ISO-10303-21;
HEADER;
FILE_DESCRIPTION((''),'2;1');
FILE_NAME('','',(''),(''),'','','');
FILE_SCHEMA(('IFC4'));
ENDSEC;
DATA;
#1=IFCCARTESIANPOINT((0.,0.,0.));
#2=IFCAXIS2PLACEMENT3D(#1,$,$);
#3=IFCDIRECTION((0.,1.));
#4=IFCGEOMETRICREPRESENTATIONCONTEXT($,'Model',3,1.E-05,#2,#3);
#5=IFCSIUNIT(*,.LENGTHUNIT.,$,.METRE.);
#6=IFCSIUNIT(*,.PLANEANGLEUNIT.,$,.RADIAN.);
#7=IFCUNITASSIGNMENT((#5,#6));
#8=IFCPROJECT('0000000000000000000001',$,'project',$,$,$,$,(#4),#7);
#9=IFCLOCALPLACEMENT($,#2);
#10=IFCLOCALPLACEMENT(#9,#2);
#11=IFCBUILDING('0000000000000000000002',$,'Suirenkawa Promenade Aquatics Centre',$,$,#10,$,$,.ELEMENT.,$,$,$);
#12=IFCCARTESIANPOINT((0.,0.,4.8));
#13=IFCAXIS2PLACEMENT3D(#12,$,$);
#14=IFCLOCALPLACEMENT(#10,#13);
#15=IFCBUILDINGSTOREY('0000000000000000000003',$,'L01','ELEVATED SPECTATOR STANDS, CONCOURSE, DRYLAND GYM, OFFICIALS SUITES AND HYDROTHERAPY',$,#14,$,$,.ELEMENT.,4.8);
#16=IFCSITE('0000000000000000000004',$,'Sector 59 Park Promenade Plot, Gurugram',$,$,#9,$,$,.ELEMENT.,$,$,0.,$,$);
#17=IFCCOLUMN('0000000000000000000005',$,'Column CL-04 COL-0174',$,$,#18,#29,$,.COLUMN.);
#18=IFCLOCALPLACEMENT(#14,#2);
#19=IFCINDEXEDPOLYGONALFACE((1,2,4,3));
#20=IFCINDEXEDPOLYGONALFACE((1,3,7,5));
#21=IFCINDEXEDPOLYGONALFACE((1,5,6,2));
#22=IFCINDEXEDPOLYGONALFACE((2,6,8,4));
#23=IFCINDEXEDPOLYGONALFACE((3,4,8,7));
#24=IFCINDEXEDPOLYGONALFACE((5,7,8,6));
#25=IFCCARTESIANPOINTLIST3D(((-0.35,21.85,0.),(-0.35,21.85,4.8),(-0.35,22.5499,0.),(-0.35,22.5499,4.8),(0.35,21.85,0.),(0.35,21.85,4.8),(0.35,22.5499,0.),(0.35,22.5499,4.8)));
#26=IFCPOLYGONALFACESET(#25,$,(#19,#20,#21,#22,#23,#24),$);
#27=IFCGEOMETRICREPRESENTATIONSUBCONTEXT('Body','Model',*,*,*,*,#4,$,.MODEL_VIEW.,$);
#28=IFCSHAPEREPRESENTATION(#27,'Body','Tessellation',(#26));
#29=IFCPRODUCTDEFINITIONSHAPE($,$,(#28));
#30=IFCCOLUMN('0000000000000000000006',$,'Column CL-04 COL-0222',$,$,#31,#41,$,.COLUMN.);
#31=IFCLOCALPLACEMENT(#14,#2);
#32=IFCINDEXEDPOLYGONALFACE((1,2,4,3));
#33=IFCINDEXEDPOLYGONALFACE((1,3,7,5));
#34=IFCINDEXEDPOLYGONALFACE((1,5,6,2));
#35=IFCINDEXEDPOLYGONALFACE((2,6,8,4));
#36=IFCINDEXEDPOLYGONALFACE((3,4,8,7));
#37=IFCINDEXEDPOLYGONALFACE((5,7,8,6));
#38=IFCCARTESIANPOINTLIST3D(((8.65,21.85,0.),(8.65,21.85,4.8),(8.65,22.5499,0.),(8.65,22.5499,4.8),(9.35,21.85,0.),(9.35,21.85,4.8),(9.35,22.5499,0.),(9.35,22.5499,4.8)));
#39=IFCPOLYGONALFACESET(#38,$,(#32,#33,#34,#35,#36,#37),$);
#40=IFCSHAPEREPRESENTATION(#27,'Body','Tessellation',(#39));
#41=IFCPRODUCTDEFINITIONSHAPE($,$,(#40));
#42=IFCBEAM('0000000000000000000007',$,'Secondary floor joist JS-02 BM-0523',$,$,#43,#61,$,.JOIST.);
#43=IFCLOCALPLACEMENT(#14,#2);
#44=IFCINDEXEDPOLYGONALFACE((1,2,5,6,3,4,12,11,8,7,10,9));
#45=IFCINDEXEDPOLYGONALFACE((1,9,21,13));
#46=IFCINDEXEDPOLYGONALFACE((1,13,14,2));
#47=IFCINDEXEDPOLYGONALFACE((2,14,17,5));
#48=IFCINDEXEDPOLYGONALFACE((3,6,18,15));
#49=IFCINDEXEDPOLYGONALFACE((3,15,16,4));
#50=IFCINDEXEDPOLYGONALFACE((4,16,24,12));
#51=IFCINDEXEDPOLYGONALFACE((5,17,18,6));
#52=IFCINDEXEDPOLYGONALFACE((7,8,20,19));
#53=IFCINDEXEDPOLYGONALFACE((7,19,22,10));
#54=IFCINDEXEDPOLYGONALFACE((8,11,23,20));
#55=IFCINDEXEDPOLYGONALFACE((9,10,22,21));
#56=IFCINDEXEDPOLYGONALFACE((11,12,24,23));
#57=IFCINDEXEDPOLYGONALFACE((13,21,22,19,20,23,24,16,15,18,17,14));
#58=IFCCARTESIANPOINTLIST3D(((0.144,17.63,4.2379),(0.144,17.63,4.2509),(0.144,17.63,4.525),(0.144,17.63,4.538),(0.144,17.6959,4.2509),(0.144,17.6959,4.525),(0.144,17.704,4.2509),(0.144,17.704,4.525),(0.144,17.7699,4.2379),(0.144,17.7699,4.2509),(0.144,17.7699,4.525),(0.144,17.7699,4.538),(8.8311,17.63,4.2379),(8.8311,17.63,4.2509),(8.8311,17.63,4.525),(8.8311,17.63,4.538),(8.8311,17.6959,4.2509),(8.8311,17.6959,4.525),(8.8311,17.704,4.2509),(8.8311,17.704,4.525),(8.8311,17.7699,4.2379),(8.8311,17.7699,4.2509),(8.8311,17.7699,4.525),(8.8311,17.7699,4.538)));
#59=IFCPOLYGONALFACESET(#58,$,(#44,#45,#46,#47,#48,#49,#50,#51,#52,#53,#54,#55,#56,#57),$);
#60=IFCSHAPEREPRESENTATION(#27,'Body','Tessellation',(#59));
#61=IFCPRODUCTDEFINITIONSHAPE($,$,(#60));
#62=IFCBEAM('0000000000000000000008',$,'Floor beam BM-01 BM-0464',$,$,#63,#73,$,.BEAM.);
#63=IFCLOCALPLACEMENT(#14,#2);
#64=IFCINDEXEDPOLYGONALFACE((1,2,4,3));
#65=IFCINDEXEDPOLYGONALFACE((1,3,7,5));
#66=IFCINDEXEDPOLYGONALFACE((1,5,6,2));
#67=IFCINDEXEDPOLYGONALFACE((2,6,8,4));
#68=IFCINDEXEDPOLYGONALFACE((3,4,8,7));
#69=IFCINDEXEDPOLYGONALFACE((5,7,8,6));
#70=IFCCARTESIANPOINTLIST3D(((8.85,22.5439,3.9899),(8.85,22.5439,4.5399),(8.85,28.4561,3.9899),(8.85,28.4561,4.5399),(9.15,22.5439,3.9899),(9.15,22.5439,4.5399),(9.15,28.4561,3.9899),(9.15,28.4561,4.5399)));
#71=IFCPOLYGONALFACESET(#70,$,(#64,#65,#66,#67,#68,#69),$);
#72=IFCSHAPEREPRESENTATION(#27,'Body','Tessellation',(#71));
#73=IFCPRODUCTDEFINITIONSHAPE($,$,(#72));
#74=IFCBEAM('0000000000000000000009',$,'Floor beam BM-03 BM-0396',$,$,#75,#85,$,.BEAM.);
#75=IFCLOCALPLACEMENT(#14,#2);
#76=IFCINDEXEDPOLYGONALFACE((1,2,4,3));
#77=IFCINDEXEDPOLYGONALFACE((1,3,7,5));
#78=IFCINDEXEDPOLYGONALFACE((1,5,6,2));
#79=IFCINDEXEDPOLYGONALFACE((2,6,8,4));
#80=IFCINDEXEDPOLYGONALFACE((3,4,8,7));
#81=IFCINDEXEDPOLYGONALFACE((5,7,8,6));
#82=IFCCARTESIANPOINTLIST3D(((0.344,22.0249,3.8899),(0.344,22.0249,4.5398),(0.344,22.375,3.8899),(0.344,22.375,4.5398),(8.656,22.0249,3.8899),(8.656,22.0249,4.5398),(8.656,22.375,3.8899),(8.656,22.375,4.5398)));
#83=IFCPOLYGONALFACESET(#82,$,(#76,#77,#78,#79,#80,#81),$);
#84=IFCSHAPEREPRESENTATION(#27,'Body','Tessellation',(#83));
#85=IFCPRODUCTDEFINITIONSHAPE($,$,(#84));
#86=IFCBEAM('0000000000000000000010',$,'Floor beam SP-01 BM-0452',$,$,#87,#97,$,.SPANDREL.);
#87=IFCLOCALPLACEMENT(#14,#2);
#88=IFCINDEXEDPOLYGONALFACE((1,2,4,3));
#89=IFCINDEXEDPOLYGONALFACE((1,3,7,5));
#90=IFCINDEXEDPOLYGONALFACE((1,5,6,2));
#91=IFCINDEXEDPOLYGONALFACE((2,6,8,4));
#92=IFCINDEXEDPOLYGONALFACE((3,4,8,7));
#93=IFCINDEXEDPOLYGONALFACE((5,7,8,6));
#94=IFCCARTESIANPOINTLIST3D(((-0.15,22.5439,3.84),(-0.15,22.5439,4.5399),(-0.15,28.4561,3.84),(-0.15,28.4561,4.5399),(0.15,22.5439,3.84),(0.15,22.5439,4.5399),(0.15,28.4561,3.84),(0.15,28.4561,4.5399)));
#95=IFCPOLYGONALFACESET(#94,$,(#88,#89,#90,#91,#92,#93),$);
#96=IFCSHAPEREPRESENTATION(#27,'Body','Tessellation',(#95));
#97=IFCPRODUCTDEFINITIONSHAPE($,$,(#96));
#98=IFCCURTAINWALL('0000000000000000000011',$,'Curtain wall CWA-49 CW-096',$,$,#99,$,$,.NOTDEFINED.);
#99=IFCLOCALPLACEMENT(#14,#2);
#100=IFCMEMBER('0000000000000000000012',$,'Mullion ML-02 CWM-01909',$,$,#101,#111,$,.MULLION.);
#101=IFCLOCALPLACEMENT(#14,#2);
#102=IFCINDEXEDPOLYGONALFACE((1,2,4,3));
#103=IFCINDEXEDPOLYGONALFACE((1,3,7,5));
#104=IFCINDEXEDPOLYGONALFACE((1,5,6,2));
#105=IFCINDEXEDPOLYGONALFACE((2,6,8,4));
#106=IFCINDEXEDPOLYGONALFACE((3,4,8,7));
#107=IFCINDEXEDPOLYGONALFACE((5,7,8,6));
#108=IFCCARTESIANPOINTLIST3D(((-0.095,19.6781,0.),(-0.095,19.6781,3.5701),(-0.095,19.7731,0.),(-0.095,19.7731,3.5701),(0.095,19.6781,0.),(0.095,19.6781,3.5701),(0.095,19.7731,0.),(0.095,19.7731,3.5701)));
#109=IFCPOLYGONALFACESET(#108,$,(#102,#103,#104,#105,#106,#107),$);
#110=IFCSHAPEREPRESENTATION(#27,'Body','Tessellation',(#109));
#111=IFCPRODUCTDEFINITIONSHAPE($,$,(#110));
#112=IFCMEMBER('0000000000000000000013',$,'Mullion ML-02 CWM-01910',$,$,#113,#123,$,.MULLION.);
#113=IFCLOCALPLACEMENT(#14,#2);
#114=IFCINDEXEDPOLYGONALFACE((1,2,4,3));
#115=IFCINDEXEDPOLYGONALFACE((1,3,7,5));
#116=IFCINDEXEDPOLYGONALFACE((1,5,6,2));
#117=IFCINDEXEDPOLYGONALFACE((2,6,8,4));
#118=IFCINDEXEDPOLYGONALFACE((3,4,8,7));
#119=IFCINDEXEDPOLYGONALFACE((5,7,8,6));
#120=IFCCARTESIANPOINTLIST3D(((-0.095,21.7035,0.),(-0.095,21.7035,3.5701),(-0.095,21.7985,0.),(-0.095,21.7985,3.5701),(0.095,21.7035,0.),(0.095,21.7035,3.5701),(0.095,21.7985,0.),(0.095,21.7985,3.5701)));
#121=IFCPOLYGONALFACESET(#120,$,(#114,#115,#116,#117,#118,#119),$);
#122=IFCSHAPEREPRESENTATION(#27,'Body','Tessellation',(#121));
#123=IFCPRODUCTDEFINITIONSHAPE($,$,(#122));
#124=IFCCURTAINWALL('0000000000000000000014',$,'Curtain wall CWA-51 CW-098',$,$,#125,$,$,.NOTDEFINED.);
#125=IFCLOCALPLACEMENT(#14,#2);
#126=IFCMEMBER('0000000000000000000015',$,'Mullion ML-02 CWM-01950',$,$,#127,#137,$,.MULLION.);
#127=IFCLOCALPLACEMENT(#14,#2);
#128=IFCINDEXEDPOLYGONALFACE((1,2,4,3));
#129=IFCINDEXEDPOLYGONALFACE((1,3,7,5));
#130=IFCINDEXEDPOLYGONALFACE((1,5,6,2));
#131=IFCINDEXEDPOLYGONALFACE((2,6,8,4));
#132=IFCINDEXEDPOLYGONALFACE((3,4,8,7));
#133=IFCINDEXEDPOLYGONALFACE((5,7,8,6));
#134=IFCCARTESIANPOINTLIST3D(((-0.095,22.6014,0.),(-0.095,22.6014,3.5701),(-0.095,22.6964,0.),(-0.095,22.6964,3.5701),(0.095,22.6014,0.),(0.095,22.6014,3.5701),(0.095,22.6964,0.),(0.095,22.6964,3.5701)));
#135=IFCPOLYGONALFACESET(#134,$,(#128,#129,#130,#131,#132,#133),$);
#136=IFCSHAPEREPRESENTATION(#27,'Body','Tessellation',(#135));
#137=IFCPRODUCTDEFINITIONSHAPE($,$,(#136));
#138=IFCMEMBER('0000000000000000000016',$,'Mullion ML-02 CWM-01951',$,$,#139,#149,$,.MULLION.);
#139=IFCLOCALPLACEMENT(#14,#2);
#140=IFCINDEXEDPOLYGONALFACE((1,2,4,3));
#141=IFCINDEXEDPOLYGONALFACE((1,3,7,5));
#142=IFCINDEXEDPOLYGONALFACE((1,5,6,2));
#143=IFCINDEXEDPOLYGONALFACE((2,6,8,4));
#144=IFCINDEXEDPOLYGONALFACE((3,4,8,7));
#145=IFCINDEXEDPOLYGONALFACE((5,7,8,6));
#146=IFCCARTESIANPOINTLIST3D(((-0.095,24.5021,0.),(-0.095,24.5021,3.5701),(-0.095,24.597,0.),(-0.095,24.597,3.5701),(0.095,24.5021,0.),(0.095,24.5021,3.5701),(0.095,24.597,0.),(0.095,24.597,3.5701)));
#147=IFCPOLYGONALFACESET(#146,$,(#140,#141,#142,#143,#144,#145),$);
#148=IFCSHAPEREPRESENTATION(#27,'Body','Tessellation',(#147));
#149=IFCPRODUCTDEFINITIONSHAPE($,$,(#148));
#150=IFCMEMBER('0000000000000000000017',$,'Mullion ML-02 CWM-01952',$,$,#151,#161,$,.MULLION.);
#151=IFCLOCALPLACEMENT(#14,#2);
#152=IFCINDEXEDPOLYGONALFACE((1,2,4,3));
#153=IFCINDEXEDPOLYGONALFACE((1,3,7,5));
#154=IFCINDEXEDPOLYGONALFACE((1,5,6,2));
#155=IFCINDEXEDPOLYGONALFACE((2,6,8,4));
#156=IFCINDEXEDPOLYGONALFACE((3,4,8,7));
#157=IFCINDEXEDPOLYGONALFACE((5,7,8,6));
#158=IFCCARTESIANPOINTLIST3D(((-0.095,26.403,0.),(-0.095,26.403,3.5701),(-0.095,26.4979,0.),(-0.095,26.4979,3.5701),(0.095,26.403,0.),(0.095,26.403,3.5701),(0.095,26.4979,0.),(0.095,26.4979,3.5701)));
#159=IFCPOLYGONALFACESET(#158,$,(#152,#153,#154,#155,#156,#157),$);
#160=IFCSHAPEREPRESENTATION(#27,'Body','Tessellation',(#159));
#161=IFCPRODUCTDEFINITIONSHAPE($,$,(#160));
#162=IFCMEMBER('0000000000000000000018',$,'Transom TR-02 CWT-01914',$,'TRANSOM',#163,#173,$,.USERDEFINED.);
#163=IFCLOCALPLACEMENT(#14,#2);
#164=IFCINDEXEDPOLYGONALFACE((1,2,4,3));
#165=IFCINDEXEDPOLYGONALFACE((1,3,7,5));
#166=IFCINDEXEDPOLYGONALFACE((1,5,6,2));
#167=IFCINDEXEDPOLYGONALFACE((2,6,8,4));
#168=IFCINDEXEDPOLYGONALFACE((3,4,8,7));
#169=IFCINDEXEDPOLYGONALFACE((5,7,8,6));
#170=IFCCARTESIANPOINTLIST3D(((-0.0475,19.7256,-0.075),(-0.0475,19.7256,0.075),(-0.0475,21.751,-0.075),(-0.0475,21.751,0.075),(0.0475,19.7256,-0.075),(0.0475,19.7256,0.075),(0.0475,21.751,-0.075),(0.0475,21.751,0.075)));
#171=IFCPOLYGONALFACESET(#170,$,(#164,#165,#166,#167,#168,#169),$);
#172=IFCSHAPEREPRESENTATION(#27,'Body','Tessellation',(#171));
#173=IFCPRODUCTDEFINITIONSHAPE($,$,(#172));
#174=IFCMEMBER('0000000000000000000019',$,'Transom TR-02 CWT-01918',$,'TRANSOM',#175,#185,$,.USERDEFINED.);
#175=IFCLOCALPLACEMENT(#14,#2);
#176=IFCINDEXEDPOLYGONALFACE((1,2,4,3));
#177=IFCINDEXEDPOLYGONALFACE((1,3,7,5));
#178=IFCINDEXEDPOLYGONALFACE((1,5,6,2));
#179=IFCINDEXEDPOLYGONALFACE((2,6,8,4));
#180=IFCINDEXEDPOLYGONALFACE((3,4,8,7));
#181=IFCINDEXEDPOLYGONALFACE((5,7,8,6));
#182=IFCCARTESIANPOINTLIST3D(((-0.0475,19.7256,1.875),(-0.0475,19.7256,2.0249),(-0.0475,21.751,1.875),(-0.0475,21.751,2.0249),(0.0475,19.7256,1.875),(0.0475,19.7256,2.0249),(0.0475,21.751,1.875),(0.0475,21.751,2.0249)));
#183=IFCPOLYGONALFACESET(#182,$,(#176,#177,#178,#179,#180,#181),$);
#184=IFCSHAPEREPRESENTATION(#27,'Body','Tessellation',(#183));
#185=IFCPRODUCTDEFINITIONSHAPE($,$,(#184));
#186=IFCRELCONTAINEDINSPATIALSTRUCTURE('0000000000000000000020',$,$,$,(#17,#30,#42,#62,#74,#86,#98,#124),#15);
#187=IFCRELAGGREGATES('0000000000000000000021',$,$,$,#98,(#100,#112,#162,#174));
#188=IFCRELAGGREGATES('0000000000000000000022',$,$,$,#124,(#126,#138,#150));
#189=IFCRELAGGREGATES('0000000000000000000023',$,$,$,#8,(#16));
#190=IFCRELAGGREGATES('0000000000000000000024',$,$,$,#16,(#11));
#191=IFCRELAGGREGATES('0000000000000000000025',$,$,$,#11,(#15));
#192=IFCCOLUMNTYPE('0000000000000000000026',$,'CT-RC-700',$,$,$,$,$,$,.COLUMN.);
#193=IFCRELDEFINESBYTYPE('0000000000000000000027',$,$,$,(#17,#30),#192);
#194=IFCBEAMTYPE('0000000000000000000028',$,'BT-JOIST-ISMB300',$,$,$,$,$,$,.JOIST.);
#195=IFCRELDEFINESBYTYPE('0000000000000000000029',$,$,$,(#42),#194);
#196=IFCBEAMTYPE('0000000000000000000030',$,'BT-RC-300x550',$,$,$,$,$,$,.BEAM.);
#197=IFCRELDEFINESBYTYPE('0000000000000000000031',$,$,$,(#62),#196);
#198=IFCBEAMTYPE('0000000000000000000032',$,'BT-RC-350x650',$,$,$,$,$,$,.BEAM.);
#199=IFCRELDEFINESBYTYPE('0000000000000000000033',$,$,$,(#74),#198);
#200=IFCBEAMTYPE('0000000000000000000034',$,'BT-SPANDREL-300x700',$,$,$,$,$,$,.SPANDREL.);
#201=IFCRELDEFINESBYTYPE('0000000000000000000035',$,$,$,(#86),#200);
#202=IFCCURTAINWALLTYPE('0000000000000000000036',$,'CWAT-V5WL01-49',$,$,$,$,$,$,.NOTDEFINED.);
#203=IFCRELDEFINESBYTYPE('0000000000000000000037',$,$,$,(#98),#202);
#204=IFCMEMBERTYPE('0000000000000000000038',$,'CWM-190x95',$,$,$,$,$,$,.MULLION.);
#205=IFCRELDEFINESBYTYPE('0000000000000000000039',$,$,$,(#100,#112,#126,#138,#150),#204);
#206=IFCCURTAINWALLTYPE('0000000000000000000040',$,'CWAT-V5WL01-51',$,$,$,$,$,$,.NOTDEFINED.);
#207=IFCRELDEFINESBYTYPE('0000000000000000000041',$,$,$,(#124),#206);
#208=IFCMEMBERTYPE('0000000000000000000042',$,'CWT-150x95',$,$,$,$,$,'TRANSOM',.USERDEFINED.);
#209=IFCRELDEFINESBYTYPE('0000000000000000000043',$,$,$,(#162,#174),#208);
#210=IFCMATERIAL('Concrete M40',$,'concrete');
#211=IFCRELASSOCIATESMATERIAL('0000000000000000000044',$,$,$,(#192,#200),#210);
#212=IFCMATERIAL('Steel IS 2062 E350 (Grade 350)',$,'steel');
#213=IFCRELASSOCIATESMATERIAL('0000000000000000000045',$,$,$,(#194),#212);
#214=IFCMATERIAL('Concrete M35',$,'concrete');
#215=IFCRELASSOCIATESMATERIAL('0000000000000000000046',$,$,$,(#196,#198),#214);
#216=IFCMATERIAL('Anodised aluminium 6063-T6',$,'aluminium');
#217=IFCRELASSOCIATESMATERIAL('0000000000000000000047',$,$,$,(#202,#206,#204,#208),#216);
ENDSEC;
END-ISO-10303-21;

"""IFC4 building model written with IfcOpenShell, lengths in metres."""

from ifc_helpers import new_model, si_unit, direction, frame, origin, origin_2d, place, context, subcontext, project, spatial, rectangle, i_section, extrude, material, material_profile, profile_set, type_object, element, aggregate, save


model = new_model("IFC4")

# Units and contexts
model_context = context("Model", 3, precision=1e-05, world=origin(), true_north=direction((0.0, 1.0)))
body_context = subcontext(model_context, "Body", "Model", "MODEL_VIEW")
ifc_project = project(units=[si_unit("LENGTHUNIT", "METRE"), si_unit("PLANEANGLEUNIT", "RADIAN")], contexts=[model_context])

# Site, building, storey
site_placement = place(None, origin())
site = spatial("IfcSite", under=ifc_project, at=site_placement, Name="Sector 59 Park Promenade Plot, Gurugram", CompositionType="ELEMENT", RefElevation=0.0)
building_placement = place(site_placement, origin())
building = spatial("IfcBuilding", under=site, at=building_placement, Name="Suirenkawa Promenade Aquatics Centre", CompositionType="ELEMENT")
storey_placement = place(building_placement, frame((0.0, 0.0, 4.8)))
storey = spatial("IfcBuildingStorey", under=building, at=storey_placement, Name="L01", Description="ELEVATED SPECTATOR STANDS, CONCOURSE, DRYLAND GYM, OFFICIALS SUITES AND HYDROTHERAPY", CompositionType="ELEMENT", Elevation=4.8)

# Columns
ifc_material_1 = material(Name="Concrete M40", Category="concrete")
ifc_material_profile_1 = material_profile(ifc_material_1, rectangle(XDim=0.7, YDim=0.7, at=origin_2d()), Name="RC COL 700x700", Category="concrete")
ifc_profile_set_1 = profile_set([ifc_material_profile_1], Name="Concrete M40")
column_type = type_object("IfcColumnType", Name="CT-RC-700", PredefinedType="COLUMN", material=ifc_profile_set_1)
for number, where, z_axis, x_axis, name in (
    (1, (0.0, 22.2, 0.0), (0.0, 0.0, 1.0), (1.0, 0.0, 0.0), "Column CL-04 COL-0174"),
    (2, (9.0, 22.2, 0.0), (0.0, 0.0, 1.0), (1.0, 0.0, 0.0), "Column CL-04 COL-0222"),
):
    element("IfcColumn", number, at=place(storey_placement, frame(where, z_axis=z_axis, x_axis=x_axis)), inside=storey, type_object=column_type, Name=name, PredefinedType="COLUMN", context=body_context, shape_type="SweptSolid", body=[
        extrude(rectangle(XDim=0.7, YDim=0.7, at=origin_2d()), origin(), (0.0, 0.0, 1.0), 4.8),
    ])

# Beams
ifc_material_2 = material(Name="Steel IS 2062 E350 (Grade 350)", Category="steel")
ifc_material_profile_2 = material_profile(ifc_material_2, i_section(OverallWidth=0.1399, OverallDepth=0.3, WebThickness=0.0081, FlangeThickness=0.0129, at=origin_2d()), Name="ISMB 300", Category="steel")
ifc_profile_set_2 = profile_set([ifc_material_profile_2], Name="Steel IS 2062 E350 (Grade 350)")
beam_type_1 = type_object("IfcBeamType", Name="BT-JOIST-ISMB300", PredefinedType="JOIST", material=ifc_profile_set_2)
beam_1_placement = place(storey_placement, frame((0.144, 17.7, 4.3879), z_axis=(1.0, 0.0, 0.0), x_axis=(0.0, 1.0, 0.0)))
element("IfcBeam", 3, at=beam_1_placement, inside=storey, type_object=beam_type_1, Name="Secondary floor joist JS-02 BM-0523", PredefinedType="JOIST", context=body_context, shape_type="SweptSolid", body=[
    extrude(i_section(OverallWidth=0.1399, OverallDepth=0.3, WebThickness=0.0081, FlangeThickness=0.0129, at=origin_2d()), origin(), (0.0, 0.0, 1.0), 8.687),
])
ifc_material_3 = material(Name="Concrete M35", Category="concrete")
ifc_material_profile_3 = material_profile(ifc_material_3, rectangle(XDim=0.3, YDim=0.55, at=origin_2d()), Name="RC BM 300x550", Category="concrete")
ifc_profile_set_3 = profile_set([ifc_material_profile_3], Name="Concrete M35")
beam_type_2 = type_object("IfcBeamType", Name="BT-RC-300x550", PredefinedType="BEAM", material=ifc_profile_set_3)
beam_2_placement = place(storey_placement, frame((9.0, 22.5439, 4.2649), z_axis=(0.0, 1.0, 0.0), x_axis=(-1.0, 0.0, 0.0)))
element("IfcBeam", 4, at=beam_2_placement, inside=storey, type_object=beam_type_2, Name="Floor beam BM-01 BM-0464", PredefinedType="BEAM", context=body_context, shape_type="SweptSolid", body=[
    extrude(rectangle(XDim=0.3, YDim=0.55, at=origin_2d()), origin(), (0.0, 0.0, 1.0), 5.9121),
])
ifc_material_profile_4 = material_profile(ifc_material_3, rectangle(XDim=0.3501, YDim=0.6499, at=origin_2d()), Name="RC BM 350x650", Category="concrete")
ifc_profile_set_4 = profile_set([ifc_material_profile_4], Name="Concrete M35")
beam_type_3 = type_object("IfcBeamType", Name="BT-RC-350x650", PredefinedType="BEAM", material=ifc_profile_set_4)
beam_3_placement = place(storey_placement, frame((0.344, 22.2, 4.2148), z_axis=(1.0, 0.0, 0.0), x_axis=(0.0, 1.0, 0.0)))
element("IfcBeam", 5, at=beam_3_placement, inside=storey, type_object=beam_type_3, Name="Floor beam BM-03 BM-0396", PredefinedType="BEAM", context=body_context, shape_type="SweptSolid", body=[
    extrude(rectangle(XDim=0.3501, YDim=0.6499, at=origin_2d()), origin(), (0.0, 0.0, 1.0), 8.312),
])
ifc_material_profile_5 = material_profile(ifc_material_1, rectangle(XDim=0.3, YDim=0.7, at=origin_2d()), Name="RC SPANDREL 300x700", Category="concrete")
ifc_profile_set_5 = profile_set([ifc_material_profile_5], Name="Concrete M40")
beam_type_4 = type_object("IfcBeamType", Name="BT-SPANDREL-300x700", PredefinedType="SPANDREL", material=ifc_profile_set_5)
beam_4_placement = place(storey_placement, frame((0.0, 22.5439, 4.1899), z_axis=(0.0, 1.0, 0.0), x_axis=(-1.0, 0.0, 0.0)))
element("IfcBeam", 6, at=beam_4_placement, inside=storey, type_object=beam_type_4, Name="Floor beam SP-01 BM-0452", PredefinedType="SPANDREL", context=body_context, shape_type="SweptSolid", body=[
    extrude(rectangle(XDim=0.3, YDim=0.7, at=origin_2d()), origin(), (0.0, 0.0, 1.0), 5.9121),
])

# Curtain walls, members
ifc_material_4 = material(Name="Anodised aluminium 6063-T6", Category="aluminium")
curtain_wall_type_1 = type_object("IfcCurtainWallType", Name="CWAT-V5WL01-49", PredefinedType="NOTDEFINED", material=ifc_material_4)
curtain_wall_1_placement = place(storey_placement, origin())
curtain_wall_1 = element("IfcCurtainWall", 7, at=curtain_wall_1_placement, inside=storey, type_object=curtain_wall_type_1, Name="Curtain wall CWA-49 CW-096", PredefinedType="NOTDEFINED")
ifc_material_profile_6 = material_profile(ifc_material_4, rectangle(XDim=0.095, YDim=0.1899, at=origin_2d()), Name="ALU MULL 95x190", Category="aluminium")
ifc_profile_set_6 = profile_set([ifc_material_profile_6], Name="Anodised aluminium 6063-T6")
member_type_1 = type_object("IfcMemberType", Name="CWM-190x95", PredefinedType="MULLION", material=ifc_profile_set_6)
member_1_placement = place(storey_placement, frame((0.0, 19.7256, 0.0), z_axis=(0.0, 0.0, 1.0), x_axis=(0.0, 1.0, 0.0)))
member_1 = element("IfcMember", 8, at=member_1_placement, type_object=member_type_1, Name="Mullion ML-02 CWM-01909", PredefinedType="MULLION", context=body_context, shape_type="SweptSolid", body=[
    extrude(rectangle(XDim=0.095, YDim=0.1899, at=origin_2d()), origin(), (0.0, 0.0, 1.0), 3.5701),
])
member_2_placement = place(storey_placement, frame((0.0, 21.751, 0.0), z_axis=(0.0, 0.0, 1.0), x_axis=(0.0, 1.0, 0.0)))
member_2 = element("IfcMember", 9, at=member_2_placement, type_object=member_type_1, Name="Mullion ML-02 CWM-01910", PredefinedType="MULLION", context=body_context, shape_type="SweptSolid", body=[
    extrude(rectangle(XDim=0.095, YDim=0.1899, at=origin_2d()), origin(), (0.0, 0.0, 1.0), 3.5701),
])
curtain_wall_type_2 = type_object("IfcCurtainWallType", Name="CWAT-V5WL01-51", PredefinedType="NOTDEFINED", material=ifc_material_4)
curtain_wall_2_placement = place(storey_placement, origin())
curtain_wall_2 = element("IfcCurtainWall", 10, at=curtain_wall_2_placement, inside=storey, type_object=curtain_wall_type_2, Name="Curtain wall CWA-51 CW-098", PredefinedType="NOTDEFINED")
member_3_placement = place(storey_placement, frame((0.0, 22.6489, 0.0), z_axis=(0.0, 0.0, 1.0), x_axis=(0.0, 1.0, 0.0)))
member_3 = element("IfcMember", 11, at=member_3_placement, type_object=member_type_1, Name="Mullion ML-02 CWM-01950", PredefinedType="MULLION", context=body_context, shape_type="SweptSolid", body=[
    extrude(rectangle(XDim=0.095, YDim=0.1899, at=origin_2d()), origin(), (0.0, 0.0, 1.0), 3.5701),
])
member_4_placement = place(storey_placement, frame((0.0, 24.5496, 0.0), z_axis=(0.0, 0.0, 1.0), x_axis=(0.0, 1.0, 0.0)))
member_4 = element("IfcMember", 12, at=member_4_placement, type_object=member_type_1, Name="Mullion ML-02 CWM-01951", PredefinedType="MULLION", context=body_context, shape_type="SweptSolid", body=[
    extrude(rectangle(XDim=0.095, YDim=0.1899, at=origin_2d()), origin(), (0.0, 0.0, 1.0), 3.5701),
])
member_5_placement = place(storey_placement, frame((0.0, 26.4504, 0.0), z_axis=(0.0, 0.0, 1.0), x_axis=(0.0, 1.0, 0.0)))
member_5 = element("IfcMember", 13, at=member_5_placement, type_object=member_type_1, Name="Mullion ML-02 CWM-01952", PredefinedType="MULLION", context=body_context, shape_type="SweptSolid", body=[
    extrude(rectangle(XDim=0.095, YDim=0.1899, at=origin_2d()), origin(), (0.0, 0.0, 1.0), 3.5701),
])

# Members
ifc_material_profile_7 = material_profile(ifc_material_4, rectangle(XDim=0.095, YDim=0.1499, at=origin_2d()), Name="ALU TRAN 95x150", Category="aluminium")
ifc_profile_set_7 = profile_set([ifc_material_profile_7], Name="Anodised aluminium 6063-T6")
member_type_2 = type_object("IfcMemberType", Name="CWT-150x95", ElementType="TRANSOM", PredefinedType="USERDEFINED", material=ifc_profile_set_7)
member_6_placement = place(storey_placement, frame((0.0, 19.7256, 0.0), z_axis=(0.0, 1.0, 0.0), x_axis=(-1.0, 0.0, 0.0)))
member_6 = element("IfcMember", 14, at=member_6_placement, type_object=member_type_2, Name="Transom TR-02 CWT-01914", ObjectType="TRANSOM", PredefinedType="USERDEFINED", context=body_context, shape_type="SweptSolid", body=[
    extrude(rectangle(XDim=0.095, YDim=0.1499, at=origin_2d()), origin(), (0.0, 0.0, 1.0), 2.0254),
])
member_7_placement = place(storey_placement, frame((0.0, 19.7256, 1.95), z_axis=(0.0, 1.0, 0.0), x_axis=(-1.0, 0.0, 0.0)))
member_7 = element("IfcMember", 15, at=member_7_placement, type_object=member_type_2, Name="Transom TR-02 CWT-01918", ObjectType="TRANSOM", PredefinedType="USERDEFINED", context=body_context, shape_type="SweptSolid", body=[
    extrude(rectangle(XDim=0.095, YDim=0.1499, at=origin_2d()), origin(), (0.0, 0.0, 1.0), 2.0254),
])

aggregate(curtain_wall_1, [member_1, member_2, member_6, member_7])
aggregate(curtain_wall_2, [member_3, member_4, member_5])

save(model, "model.ifc")
